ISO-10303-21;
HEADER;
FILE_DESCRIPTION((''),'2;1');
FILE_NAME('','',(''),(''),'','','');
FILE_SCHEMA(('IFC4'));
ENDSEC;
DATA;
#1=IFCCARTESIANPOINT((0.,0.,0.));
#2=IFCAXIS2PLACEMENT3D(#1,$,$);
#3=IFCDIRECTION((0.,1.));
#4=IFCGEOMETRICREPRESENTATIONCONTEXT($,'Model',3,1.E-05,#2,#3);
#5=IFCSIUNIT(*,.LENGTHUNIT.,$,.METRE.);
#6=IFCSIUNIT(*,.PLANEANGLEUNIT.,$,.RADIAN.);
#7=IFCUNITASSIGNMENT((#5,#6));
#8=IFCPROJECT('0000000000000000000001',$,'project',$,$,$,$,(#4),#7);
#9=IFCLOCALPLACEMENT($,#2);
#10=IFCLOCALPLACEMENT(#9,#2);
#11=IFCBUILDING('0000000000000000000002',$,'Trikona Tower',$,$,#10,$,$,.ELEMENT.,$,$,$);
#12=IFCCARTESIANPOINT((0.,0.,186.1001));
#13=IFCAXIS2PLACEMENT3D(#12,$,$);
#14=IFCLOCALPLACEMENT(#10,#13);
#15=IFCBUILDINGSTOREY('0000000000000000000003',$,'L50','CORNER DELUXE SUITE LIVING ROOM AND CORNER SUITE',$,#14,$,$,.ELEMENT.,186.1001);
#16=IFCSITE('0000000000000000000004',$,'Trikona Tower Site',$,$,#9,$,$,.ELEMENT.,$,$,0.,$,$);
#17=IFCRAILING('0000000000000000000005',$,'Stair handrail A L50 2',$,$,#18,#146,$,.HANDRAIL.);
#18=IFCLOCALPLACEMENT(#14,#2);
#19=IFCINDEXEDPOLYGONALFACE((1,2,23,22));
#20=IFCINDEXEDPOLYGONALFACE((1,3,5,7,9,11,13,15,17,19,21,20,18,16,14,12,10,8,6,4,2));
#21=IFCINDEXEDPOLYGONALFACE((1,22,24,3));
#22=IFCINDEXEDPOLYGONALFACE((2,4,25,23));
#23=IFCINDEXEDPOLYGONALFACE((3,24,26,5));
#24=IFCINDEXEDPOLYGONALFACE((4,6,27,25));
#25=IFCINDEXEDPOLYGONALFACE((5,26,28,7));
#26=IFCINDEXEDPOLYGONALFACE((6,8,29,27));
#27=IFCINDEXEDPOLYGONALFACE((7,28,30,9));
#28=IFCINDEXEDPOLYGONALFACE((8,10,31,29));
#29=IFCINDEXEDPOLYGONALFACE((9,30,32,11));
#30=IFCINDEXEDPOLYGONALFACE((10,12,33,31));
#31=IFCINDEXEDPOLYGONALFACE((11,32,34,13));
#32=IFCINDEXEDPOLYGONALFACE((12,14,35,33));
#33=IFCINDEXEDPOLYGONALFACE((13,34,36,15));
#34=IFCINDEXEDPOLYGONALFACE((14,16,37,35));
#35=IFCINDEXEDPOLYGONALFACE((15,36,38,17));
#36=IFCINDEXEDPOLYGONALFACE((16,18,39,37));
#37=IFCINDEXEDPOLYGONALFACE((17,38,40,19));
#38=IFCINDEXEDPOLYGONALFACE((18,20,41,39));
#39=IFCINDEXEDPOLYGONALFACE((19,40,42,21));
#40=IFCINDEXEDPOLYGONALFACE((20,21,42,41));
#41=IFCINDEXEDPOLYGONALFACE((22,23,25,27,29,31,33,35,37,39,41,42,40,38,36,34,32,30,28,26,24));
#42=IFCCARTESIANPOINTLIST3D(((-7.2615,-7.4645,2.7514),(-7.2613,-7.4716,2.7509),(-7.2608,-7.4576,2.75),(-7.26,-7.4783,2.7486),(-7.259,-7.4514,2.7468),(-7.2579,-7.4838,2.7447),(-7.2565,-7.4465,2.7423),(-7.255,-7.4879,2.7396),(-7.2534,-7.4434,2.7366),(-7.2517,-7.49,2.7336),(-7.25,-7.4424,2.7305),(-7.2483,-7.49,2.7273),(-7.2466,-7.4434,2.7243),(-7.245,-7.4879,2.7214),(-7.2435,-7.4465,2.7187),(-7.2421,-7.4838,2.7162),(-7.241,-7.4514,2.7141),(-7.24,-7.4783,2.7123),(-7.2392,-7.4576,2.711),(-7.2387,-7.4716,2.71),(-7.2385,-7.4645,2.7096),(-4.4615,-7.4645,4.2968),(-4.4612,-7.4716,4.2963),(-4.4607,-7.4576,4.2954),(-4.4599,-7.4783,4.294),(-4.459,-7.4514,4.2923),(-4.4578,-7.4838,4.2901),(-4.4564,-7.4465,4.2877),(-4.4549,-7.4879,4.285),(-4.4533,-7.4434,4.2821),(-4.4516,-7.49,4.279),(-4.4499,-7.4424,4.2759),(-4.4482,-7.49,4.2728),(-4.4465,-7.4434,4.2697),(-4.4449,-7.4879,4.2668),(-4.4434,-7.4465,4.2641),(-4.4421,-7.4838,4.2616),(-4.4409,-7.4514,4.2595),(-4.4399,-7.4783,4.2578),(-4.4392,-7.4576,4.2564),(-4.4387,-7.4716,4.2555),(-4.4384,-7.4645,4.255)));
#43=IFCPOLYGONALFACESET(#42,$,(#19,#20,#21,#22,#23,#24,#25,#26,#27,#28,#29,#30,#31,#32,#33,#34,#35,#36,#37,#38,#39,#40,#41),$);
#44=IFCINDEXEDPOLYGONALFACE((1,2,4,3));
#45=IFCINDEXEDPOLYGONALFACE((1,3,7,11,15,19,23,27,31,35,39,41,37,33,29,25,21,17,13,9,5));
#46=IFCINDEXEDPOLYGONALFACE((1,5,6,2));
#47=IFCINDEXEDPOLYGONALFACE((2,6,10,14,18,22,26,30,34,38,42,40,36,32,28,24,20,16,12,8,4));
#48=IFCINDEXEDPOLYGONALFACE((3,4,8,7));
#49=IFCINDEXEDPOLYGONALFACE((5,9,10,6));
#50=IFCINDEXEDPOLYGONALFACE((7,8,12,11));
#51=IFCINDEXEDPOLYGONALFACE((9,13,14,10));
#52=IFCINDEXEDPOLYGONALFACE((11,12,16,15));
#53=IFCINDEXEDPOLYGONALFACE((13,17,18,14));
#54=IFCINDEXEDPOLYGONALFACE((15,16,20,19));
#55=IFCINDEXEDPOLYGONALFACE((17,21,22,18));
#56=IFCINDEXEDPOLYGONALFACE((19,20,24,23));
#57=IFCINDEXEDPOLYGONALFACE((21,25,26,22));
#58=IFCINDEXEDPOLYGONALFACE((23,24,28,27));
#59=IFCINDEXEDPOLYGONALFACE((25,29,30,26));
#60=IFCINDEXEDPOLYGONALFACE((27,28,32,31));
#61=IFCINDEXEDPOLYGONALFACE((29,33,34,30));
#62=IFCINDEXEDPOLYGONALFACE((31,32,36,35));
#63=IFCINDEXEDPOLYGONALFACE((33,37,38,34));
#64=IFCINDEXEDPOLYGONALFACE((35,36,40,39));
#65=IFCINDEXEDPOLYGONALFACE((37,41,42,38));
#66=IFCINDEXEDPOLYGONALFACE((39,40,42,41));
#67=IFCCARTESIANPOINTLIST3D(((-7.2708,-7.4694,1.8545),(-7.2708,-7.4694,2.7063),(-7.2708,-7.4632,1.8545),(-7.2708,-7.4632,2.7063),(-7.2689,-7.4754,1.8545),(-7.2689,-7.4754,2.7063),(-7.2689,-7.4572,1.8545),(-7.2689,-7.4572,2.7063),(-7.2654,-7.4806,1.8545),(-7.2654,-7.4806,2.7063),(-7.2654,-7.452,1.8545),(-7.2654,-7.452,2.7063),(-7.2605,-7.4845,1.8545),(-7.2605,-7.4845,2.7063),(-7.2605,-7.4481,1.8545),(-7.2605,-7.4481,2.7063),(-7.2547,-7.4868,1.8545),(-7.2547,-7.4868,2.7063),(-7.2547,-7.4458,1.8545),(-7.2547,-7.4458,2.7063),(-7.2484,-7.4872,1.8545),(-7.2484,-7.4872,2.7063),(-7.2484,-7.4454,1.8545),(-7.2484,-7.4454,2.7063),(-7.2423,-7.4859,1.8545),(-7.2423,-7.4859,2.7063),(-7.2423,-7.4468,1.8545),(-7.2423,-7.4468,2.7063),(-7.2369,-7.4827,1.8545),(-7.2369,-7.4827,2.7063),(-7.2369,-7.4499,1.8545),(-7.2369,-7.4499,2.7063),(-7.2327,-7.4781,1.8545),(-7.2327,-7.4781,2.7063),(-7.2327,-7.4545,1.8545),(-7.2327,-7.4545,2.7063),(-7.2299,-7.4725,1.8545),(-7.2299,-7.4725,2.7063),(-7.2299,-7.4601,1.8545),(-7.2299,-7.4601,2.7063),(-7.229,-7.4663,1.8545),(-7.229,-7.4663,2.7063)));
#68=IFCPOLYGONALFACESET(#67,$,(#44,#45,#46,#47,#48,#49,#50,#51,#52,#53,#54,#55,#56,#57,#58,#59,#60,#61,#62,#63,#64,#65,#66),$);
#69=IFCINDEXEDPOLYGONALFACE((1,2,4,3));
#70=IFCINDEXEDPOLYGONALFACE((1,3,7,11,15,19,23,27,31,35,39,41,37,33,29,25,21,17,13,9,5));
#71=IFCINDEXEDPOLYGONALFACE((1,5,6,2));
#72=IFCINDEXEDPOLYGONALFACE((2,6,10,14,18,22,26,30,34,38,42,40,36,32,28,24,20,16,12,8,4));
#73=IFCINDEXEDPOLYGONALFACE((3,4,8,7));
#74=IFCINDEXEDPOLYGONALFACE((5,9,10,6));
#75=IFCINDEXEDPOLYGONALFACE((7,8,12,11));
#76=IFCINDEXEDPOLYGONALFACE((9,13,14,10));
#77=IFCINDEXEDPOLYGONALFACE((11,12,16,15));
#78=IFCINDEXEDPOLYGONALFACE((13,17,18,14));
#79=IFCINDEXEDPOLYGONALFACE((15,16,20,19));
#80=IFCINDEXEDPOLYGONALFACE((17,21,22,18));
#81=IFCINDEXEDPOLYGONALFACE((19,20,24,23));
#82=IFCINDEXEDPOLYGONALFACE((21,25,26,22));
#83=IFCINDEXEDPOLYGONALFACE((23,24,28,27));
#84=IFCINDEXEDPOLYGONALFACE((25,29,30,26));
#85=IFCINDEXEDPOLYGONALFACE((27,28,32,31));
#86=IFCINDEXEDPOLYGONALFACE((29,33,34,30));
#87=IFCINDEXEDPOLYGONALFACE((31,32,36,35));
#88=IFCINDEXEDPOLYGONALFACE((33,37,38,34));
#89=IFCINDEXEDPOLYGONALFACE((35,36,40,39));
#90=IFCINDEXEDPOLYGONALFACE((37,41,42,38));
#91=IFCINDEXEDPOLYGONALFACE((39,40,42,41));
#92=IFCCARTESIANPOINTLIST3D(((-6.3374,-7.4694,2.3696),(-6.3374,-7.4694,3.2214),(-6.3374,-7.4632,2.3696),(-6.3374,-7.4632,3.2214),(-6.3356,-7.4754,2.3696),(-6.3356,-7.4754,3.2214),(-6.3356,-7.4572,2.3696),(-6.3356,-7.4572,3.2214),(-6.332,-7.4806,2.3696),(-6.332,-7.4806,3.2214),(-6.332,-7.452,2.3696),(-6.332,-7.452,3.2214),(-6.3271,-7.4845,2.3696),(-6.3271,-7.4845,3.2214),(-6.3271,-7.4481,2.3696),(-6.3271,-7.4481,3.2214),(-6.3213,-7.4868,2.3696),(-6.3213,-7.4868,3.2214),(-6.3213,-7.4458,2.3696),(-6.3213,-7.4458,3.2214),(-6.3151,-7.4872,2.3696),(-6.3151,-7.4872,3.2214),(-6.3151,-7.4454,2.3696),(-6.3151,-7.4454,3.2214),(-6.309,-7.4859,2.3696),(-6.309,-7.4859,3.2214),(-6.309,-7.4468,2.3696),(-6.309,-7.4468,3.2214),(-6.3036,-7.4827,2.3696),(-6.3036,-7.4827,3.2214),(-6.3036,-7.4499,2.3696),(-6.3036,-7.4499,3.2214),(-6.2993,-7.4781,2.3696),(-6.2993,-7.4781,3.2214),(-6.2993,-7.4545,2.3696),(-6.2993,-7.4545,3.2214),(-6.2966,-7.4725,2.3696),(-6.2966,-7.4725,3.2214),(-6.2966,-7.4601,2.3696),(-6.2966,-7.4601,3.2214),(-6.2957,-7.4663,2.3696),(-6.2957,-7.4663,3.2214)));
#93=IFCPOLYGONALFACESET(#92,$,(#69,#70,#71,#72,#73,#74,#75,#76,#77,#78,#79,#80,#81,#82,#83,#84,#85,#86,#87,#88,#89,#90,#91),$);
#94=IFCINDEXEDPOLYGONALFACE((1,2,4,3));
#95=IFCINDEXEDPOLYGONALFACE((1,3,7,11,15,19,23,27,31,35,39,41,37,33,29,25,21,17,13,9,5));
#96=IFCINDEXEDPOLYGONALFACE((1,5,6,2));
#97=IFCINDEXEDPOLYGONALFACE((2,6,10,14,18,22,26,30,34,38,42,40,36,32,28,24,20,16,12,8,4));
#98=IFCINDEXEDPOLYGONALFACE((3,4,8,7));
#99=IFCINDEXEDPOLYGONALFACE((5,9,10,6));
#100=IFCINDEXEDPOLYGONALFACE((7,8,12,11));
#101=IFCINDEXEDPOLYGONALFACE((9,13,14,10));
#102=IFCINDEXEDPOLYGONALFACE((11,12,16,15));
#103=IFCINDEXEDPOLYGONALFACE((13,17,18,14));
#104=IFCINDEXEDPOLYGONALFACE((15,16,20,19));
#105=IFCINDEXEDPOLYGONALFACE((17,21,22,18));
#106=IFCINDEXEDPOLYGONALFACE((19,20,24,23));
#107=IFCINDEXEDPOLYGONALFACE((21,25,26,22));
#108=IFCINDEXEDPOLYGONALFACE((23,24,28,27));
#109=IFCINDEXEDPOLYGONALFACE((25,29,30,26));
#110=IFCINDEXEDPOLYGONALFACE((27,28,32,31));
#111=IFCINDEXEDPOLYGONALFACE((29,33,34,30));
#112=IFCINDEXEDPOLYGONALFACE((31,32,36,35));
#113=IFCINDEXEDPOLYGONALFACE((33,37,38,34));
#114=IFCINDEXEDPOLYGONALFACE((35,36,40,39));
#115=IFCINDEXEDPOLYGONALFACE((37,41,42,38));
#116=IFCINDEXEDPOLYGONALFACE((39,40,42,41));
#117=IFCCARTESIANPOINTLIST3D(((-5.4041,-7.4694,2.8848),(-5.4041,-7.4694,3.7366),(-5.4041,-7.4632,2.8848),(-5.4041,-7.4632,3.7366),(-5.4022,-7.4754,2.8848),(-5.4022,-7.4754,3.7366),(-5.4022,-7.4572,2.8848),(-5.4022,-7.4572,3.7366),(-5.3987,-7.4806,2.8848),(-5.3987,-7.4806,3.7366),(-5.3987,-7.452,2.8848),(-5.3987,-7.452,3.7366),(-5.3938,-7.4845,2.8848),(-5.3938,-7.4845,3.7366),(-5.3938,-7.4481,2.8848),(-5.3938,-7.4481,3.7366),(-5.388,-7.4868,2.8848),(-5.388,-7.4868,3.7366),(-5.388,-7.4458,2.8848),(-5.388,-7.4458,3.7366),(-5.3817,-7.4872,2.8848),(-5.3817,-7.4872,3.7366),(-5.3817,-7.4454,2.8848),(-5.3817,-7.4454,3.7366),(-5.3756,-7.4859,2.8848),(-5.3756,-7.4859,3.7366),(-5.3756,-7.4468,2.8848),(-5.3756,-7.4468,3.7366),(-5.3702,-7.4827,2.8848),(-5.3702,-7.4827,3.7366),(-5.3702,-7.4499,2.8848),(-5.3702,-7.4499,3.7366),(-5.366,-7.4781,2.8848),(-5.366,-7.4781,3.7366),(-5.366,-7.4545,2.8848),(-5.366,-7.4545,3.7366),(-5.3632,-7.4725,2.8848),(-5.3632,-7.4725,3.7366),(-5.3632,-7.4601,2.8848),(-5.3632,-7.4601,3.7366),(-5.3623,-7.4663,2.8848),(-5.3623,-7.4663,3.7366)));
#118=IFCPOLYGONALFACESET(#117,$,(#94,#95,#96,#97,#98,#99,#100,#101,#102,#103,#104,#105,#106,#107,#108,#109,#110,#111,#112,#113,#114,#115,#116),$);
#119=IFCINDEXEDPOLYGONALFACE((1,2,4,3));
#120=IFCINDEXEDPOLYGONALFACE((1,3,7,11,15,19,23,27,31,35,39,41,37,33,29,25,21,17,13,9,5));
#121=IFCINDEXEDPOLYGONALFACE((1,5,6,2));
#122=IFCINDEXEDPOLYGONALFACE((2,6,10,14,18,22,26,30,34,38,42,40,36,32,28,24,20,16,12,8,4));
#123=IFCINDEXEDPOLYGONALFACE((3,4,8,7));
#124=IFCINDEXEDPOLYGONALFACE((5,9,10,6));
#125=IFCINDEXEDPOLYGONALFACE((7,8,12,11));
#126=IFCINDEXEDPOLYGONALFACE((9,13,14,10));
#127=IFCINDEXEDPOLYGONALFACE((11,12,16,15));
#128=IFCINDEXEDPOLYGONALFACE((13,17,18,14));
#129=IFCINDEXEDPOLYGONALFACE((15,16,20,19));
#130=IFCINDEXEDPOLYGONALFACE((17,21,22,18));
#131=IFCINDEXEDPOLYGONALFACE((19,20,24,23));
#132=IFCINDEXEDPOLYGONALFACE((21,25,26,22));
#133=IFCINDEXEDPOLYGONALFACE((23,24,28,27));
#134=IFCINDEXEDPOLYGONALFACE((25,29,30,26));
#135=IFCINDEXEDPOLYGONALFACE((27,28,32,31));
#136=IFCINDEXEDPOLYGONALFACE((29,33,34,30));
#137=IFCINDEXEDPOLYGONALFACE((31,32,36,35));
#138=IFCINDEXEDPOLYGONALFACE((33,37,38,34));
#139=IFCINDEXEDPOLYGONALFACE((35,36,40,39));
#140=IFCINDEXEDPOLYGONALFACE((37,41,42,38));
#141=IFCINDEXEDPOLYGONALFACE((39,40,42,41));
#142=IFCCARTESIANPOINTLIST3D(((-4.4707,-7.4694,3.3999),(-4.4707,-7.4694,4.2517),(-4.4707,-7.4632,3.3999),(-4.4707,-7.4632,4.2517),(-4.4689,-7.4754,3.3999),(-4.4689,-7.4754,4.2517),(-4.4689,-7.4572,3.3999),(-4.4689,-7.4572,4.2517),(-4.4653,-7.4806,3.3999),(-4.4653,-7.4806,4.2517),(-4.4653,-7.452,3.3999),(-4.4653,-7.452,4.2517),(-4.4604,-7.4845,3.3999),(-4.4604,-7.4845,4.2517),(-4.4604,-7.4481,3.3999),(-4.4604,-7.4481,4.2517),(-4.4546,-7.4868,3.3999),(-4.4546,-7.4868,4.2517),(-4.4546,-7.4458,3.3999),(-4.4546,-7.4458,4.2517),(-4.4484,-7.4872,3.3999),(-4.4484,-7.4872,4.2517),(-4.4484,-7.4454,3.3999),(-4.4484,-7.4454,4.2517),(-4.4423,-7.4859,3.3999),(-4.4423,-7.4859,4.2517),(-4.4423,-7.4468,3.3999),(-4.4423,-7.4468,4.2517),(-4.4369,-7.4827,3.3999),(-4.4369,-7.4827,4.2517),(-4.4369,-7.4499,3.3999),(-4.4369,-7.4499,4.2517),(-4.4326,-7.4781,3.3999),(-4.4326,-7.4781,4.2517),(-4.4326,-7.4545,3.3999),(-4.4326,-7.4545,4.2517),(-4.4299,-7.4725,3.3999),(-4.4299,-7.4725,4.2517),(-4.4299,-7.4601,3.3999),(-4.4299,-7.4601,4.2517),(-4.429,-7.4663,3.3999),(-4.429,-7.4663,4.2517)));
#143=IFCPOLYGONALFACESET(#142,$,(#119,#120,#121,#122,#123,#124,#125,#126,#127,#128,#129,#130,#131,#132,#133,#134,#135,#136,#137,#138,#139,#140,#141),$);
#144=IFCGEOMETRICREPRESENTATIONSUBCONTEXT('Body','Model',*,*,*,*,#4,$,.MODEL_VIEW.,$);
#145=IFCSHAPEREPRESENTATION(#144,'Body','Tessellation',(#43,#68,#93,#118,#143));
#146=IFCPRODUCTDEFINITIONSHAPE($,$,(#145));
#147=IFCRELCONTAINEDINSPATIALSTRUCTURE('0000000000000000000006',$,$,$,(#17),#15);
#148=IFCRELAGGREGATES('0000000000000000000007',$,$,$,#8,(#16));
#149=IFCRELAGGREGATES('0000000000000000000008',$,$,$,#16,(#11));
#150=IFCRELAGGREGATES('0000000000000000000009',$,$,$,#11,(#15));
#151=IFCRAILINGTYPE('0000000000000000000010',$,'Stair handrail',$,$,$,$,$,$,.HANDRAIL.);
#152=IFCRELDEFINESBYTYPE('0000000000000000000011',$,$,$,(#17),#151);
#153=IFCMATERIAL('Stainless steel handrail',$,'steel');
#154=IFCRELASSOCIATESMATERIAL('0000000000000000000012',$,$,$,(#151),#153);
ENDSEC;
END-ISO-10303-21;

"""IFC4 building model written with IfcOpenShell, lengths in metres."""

from ifc_helpers import new_model, si_unit, direction, frame, origin, origin_2d, place, context, subcontext, project, spatial, circle, extrude, material, type_object, element, save


model = new_model("IFC4")

# Units and contexts
model_context = context("Model", 3, precision=1e-05, world=origin(), true_north=direction((0.0, 1.0)))
body_context = subcontext(model_context, "Body", "Model", "MODEL_VIEW")
ifc_project = project(units=[si_unit("LENGTHUNIT", "METRE"), si_unit("PLANEANGLEUNIT", "RADIAN")], contexts=[model_context])

# Site, building, storey
site_placement = place(None, origin())
site = spatial("IfcSite", under=ifc_project, at=site_placement, Name="Trikona Tower Site", CompositionType="ELEMENT", RefElevation=0.0)
building_placement = place(site_placement, origin())
building = spatial("IfcBuilding", under=site, at=building_placement, Name="Trikona Tower", CompositionType="ELEMENT")
storey_placement = place(building_placement, frame((0.0, 0.0, 186.1001)))
storey = spatial("IfcBuildingStorey", under=building, at=storey_placement, Name="L50", Description="CORNER DELUXE SUITE LIVING ROOM AND CORNER SUITE", CompositionType="ELEMENT", Elevation=186.1001)

# Railing
ifc_material_1 = material(Name="Stainless steel handrail", Category="steel")
railing_type = type_object("IfcRailingType", Name="Stair handrail", PredefinedType="HANDRAIL", material=ifc_material_1)
railing_1_placement = place(storey_placement, frame((-7.25, -7.4663, 1.8545)))
element("IfcRailing", 1, at=railing_1_placement, inside=storey, type_object=railing_type, Name="Stair handrail A L50 2", PredefinedType="HANDRAIL", context=body_context, shape_type="SweptSolid", body=[
    extrude(circle(Radius=0.0239, at=origin_2d()), frame((0.0, 0.0, 0.876), z_axis=(0.875504, 0.0, 0.483211), x_axis=(0.0, 1.0, 0.0)), (0.0, 0.0, 1.0), 3.1982),
    extrude(circle(Radius=0.021, at=origin_2d()), origin(), (0.0, 0.0, 1.0), 0.8518),
    extrude(circle(Radius=0.021, at=origin_2d()), frame((0.9333, 0.0, 0.5151)), (0.0, 0.0, 1.0), 0.8518),
    extrude(circle(Radius=0.021, at=origin_2d()), frame((1.8667, 0.0, 1.0303)), (0.0, 0.0, 1.0), 0.8518),
    extrude(circle(Radius=0.021, at=origin_2d()), frame((2.8, 0.0, 1.5454)), (0.0, 0.0, 1.0), 0.8518),
])

save(model, "model.ifc")
